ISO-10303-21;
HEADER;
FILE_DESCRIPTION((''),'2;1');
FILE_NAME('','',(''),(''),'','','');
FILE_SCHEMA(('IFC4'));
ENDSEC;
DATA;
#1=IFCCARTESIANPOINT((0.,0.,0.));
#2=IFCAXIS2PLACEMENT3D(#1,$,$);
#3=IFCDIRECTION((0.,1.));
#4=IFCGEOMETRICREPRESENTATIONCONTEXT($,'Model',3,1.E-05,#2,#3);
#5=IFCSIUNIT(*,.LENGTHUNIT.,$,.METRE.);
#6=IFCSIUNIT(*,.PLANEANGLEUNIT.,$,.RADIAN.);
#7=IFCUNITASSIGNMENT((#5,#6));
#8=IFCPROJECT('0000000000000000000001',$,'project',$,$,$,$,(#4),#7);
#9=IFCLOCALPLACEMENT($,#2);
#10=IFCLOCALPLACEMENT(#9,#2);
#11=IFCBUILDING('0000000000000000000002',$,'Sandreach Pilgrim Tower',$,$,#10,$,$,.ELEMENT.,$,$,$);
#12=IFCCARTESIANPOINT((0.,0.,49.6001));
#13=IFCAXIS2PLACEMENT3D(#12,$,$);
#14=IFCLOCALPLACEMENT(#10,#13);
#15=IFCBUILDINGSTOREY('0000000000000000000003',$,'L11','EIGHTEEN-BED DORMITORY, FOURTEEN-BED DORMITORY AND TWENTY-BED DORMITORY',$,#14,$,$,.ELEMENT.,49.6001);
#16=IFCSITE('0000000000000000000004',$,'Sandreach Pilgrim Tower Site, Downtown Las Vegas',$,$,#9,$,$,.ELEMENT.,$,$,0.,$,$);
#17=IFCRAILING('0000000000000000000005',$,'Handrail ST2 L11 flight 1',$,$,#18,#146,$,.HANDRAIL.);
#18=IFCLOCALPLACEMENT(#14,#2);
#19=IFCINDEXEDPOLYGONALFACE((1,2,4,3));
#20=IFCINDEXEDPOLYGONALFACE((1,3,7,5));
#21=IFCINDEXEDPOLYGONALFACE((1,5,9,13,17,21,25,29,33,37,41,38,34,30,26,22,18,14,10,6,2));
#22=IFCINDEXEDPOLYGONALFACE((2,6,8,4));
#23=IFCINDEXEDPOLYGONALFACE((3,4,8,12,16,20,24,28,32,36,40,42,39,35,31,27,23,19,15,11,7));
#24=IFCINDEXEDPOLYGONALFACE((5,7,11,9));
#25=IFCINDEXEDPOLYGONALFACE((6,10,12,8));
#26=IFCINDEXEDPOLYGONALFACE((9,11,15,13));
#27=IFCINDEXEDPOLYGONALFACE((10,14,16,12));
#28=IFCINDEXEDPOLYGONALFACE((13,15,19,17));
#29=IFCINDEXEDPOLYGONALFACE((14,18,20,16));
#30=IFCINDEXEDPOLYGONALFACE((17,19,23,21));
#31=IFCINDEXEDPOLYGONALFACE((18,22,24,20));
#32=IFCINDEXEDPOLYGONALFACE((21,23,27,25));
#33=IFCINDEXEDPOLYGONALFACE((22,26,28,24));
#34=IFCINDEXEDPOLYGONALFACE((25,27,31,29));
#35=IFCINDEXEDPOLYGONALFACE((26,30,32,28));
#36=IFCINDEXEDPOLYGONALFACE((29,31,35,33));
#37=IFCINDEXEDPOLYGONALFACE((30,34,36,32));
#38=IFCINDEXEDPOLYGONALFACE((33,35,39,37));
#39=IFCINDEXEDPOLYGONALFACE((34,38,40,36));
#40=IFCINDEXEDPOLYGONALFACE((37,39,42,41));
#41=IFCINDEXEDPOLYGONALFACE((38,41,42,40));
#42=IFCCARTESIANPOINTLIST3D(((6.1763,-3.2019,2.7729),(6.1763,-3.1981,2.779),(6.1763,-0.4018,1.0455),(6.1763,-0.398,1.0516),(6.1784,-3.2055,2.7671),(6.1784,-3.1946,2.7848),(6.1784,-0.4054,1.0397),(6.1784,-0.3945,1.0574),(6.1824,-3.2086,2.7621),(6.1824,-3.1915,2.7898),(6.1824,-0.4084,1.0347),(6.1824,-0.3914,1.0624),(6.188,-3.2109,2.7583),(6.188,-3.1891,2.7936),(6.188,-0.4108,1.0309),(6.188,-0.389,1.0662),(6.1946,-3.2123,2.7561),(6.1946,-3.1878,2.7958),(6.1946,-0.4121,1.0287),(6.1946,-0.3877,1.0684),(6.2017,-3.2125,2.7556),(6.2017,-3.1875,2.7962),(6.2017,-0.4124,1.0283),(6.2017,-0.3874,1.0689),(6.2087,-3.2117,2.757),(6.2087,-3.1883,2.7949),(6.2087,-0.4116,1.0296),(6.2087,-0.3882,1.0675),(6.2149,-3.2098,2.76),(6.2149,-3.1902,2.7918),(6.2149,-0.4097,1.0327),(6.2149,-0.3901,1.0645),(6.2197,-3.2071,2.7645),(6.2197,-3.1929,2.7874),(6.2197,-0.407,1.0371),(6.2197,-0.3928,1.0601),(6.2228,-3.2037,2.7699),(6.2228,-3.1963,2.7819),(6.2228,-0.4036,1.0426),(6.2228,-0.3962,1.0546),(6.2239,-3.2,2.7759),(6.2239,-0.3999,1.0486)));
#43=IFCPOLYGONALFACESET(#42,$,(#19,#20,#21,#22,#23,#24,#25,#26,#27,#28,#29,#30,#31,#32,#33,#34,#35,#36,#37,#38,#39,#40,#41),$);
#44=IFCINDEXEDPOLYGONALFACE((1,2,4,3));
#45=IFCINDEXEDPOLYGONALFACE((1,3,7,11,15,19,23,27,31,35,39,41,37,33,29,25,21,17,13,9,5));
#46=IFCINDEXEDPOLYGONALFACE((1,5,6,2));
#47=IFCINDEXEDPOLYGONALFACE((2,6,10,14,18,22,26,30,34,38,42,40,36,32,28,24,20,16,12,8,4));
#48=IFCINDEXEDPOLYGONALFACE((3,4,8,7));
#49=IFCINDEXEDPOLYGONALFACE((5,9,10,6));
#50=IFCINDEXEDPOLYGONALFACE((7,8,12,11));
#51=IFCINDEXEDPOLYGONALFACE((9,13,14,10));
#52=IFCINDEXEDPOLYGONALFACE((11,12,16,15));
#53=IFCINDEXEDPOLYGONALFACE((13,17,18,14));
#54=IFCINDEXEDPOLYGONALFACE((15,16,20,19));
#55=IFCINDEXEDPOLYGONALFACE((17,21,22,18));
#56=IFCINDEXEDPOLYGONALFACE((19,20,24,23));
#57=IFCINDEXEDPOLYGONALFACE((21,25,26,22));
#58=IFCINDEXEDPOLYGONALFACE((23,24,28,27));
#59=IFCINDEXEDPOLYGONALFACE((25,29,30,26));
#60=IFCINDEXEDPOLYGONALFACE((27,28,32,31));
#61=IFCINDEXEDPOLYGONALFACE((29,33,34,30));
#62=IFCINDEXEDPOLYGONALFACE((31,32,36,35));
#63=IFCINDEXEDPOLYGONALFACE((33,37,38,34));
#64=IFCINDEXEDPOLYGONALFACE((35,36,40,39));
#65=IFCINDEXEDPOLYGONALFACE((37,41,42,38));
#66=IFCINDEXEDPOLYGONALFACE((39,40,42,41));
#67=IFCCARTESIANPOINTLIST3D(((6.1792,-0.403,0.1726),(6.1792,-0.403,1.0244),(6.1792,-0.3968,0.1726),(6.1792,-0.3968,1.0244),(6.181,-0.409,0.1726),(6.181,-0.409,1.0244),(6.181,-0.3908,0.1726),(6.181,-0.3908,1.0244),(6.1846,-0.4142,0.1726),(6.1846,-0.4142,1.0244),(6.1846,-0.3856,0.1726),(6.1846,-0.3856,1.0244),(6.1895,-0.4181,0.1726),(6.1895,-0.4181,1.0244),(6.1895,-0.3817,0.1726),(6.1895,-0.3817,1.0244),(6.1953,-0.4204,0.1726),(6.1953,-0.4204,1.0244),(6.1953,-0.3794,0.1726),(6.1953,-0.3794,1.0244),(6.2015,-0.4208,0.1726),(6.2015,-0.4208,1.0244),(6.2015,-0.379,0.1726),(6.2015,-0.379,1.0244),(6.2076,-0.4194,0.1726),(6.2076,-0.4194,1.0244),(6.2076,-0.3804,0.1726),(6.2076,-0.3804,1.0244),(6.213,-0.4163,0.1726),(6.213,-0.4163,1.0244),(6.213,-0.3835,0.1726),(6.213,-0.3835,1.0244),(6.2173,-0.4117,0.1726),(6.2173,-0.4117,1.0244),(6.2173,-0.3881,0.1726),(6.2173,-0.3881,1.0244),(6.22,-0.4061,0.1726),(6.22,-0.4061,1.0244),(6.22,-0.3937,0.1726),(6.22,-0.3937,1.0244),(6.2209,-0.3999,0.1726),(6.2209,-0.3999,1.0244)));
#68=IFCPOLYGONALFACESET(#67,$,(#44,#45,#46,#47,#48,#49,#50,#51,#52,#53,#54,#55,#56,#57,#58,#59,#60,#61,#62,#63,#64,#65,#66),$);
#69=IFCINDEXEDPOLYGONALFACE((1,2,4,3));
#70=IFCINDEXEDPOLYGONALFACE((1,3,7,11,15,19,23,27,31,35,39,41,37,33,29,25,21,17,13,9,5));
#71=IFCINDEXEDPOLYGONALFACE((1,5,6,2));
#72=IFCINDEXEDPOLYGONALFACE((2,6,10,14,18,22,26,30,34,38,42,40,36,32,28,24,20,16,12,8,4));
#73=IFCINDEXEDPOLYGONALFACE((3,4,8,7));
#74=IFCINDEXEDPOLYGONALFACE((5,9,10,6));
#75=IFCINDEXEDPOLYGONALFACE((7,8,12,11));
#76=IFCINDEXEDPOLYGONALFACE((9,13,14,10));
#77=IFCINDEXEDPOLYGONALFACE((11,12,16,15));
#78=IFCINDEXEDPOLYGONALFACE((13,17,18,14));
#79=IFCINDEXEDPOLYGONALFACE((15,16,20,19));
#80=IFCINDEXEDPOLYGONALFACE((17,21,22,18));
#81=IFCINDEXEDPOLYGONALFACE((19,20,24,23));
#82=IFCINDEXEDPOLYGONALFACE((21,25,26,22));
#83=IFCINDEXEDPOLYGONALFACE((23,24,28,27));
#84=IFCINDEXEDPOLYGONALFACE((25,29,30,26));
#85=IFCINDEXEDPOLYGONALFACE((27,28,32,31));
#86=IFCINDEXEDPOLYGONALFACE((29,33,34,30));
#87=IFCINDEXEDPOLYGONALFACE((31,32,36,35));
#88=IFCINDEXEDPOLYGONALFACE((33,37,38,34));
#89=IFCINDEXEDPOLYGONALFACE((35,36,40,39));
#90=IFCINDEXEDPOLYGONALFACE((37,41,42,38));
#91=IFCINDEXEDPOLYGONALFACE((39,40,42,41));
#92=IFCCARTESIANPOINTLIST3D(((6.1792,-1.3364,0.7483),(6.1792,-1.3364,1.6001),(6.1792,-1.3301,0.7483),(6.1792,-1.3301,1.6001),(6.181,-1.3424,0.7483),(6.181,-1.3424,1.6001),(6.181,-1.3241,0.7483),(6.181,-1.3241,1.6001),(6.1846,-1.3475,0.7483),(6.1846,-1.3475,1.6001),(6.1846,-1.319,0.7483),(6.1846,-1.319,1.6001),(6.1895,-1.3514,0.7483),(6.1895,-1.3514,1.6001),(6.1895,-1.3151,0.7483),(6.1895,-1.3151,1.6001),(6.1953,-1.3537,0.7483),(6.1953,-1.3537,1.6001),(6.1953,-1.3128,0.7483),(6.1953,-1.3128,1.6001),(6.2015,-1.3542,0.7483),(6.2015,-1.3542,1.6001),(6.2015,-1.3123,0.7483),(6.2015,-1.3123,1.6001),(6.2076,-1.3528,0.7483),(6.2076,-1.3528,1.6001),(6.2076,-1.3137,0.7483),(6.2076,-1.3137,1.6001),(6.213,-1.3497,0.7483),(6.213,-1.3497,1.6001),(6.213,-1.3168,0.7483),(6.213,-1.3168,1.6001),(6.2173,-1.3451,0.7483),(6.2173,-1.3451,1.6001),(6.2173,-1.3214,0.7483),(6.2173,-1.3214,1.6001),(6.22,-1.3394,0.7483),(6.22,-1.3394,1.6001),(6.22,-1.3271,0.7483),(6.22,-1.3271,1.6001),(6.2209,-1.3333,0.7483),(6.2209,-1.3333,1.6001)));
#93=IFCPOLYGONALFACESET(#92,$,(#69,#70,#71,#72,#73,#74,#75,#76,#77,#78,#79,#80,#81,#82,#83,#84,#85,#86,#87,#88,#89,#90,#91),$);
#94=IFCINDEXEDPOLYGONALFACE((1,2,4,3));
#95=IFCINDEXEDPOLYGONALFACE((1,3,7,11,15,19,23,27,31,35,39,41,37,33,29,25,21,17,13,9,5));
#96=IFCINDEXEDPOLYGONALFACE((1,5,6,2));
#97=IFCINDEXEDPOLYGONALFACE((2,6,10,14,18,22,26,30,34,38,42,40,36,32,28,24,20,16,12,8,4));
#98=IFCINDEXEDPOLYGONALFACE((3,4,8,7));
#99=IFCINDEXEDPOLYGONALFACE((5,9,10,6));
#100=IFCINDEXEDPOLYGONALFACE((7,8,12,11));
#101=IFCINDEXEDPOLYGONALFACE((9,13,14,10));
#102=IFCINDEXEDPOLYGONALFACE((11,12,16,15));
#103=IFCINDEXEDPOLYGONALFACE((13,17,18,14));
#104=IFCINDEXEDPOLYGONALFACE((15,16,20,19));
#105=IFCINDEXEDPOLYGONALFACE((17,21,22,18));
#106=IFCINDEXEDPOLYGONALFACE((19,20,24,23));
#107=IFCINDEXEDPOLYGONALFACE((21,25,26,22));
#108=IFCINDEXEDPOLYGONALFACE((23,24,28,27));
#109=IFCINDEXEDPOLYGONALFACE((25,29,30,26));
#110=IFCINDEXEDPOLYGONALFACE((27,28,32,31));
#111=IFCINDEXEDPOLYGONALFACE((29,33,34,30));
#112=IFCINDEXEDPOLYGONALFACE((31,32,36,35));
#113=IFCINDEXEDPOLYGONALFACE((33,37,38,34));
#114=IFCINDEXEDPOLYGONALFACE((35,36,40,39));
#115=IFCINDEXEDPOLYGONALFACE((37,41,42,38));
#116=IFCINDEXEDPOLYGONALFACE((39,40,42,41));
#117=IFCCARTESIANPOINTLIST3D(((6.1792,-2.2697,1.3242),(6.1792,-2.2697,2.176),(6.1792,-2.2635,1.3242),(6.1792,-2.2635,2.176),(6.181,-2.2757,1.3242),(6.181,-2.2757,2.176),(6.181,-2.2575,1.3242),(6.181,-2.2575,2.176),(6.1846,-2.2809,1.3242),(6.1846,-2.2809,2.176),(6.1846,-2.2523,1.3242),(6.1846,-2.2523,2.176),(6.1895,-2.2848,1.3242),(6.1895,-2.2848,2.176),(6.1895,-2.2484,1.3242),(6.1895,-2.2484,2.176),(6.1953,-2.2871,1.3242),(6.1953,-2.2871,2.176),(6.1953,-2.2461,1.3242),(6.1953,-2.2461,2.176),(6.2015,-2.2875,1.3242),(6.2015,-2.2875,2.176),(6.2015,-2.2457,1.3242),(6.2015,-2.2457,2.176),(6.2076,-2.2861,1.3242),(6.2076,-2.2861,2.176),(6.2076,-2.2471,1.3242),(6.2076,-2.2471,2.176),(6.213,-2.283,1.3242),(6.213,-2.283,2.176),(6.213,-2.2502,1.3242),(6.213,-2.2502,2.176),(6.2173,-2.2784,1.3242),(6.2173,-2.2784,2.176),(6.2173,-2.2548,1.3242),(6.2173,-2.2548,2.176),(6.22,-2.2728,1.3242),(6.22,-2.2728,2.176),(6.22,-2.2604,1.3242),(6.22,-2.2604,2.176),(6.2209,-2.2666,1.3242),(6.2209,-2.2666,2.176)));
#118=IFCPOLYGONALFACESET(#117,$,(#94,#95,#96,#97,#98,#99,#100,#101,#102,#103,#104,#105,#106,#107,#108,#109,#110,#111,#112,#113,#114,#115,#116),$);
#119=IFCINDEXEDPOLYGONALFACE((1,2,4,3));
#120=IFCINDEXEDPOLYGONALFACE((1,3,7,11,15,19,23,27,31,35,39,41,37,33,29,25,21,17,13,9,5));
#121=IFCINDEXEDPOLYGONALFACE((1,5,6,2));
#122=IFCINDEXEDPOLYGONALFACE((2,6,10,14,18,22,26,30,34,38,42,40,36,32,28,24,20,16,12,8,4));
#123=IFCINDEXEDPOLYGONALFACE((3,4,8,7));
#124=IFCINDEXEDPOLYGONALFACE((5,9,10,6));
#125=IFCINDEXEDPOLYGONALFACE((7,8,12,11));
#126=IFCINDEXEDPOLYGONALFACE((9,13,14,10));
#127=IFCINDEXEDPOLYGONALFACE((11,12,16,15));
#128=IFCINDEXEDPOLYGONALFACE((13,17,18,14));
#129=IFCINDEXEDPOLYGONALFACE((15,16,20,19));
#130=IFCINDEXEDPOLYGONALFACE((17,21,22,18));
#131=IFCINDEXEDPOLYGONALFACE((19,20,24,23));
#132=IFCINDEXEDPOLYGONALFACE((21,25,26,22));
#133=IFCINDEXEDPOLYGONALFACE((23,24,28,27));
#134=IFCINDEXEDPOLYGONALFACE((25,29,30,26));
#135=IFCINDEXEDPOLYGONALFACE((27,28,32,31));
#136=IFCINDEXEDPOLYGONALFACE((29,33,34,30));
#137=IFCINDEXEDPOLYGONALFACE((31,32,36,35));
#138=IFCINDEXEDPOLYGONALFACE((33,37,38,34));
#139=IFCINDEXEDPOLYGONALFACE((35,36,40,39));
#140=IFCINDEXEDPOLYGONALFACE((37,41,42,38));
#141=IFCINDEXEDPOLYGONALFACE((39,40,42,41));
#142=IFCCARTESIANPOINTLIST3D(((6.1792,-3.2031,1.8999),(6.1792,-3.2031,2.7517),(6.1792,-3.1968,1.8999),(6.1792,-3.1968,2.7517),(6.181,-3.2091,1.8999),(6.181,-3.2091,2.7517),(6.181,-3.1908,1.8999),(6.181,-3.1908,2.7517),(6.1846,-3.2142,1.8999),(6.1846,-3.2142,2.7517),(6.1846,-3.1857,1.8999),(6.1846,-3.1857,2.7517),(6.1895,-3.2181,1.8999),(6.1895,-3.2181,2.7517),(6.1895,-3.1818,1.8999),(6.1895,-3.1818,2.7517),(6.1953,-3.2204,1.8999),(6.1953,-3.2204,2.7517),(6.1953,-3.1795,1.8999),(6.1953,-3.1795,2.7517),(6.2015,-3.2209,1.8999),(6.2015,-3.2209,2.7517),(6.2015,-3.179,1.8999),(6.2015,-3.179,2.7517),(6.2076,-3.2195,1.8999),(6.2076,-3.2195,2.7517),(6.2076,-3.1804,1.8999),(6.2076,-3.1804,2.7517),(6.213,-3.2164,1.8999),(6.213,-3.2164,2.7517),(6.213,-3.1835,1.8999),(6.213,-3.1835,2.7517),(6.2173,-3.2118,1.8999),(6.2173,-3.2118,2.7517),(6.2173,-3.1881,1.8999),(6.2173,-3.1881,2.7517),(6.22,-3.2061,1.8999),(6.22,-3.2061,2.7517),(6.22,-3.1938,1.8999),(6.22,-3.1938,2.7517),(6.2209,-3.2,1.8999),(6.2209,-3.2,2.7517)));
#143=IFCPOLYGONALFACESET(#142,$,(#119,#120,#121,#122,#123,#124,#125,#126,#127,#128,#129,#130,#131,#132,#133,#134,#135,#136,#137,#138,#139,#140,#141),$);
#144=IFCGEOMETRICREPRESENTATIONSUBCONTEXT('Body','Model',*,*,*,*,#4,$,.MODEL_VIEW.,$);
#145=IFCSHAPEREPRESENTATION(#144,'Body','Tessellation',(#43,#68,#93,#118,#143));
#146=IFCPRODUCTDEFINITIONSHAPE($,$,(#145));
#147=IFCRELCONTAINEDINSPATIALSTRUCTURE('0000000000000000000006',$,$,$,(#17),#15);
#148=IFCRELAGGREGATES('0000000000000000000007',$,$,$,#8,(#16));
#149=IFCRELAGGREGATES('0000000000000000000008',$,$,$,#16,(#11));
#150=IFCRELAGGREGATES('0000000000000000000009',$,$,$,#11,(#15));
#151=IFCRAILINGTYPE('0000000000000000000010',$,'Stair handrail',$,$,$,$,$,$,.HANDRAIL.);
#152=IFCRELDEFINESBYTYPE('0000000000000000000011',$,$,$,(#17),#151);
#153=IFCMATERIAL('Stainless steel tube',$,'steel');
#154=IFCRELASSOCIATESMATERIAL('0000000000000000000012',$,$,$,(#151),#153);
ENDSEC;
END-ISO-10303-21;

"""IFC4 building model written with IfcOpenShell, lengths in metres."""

from ifc_helpers import new_model, si_unit, direction, frame, origin, origin_2d, place, context, subcontext, project, spatial, circle, extrude, material, type_object, element, save


model = new_model("IFC4")

# Units and contexts
model_context = context("Model", 3, precision=1e-05, world=origin(), true_north=direction((0.0, 1.0)))
body_context = subcontext(model_context, "Body", "Model", "MODEL_VIEW")
ifc_project = project(units=[si_unit("LENGTHUNIT", "METRE"), si_unit("PLANEANGLEUNIT", "RADIAN")], contexts=[model_context])

# Site, building, storey
site_placement = place(None, origin())
site = spatial("IfcSite", under=ifc_project, at=site_placement, Name="Sandreach Pilgrim Tower Site, Downtown Las Vegas", CompositionType="ELEMENT", RefElevation=0.0)
building_placement = place(site_placement, origin())
building = spatial("IfcBuilding", under=site, at=building_placement, Name="Sandreach Pilgrim Tower", CompositionType="ELEMENT")
storey_placement = place(building_placement, frame((0.0, 0.0, 49.6001)))
storey = spatial("IfcBuildingStorey", under=building, at=storey_placement, Name="L11", Description="EIGHTEEN-BED DORMITORY, FOURTEEN-BED DORMITORY AND TWENTY-BED DORMITORY", CompositionType="ELEMENT", Elevation=49.6001)

# Railing
ifc_material_1 = material(Name="Stainless steel tube", Category="steel")
railing_type = type_object("IfcRailingType", Name="Stair handrail", PredefinedType="HANDRAIL", material=ifc_material_1)
for number, where, name in (
    (1, (6.2, -0.3999, 0.1726), "Handrail ST2 L11 flight 1"),
):
    element("IfcRailing", number, at=place(storey_placement, frame(where)), inside=storey, type_object=railing_type, Name=name, PredefinedType="HANDRAIL", context=body_context, shape_type="SweptSolid", body=[
        extrude(circle(Radius=0.0239, at=origin_2d()), frame((0.0, 0.0, 0.876), z_axis=(0.0, -0.85109, 0.52502), x_axis=(1.0, 0.0, 0.0)), (0.0, 0.0, 1.0), 3.29),
        extrude(circle(Radius=0.021, at=origin_2d()), origin(), (0.0, 0.0, 1.0), 0.8518),
        extrude(circle(Radius=0.021, at=origin_2d()), frame((0.0, -0.9333, 0.5757)), (0.0, 0.0, 1.0), 0.8518),
        extrude(circle(Radius=0.021, at=origin_2d()), frame((0.0, -1.8667, 1.1516)), (0.0, 0.0, 1.0), 0.8518),
        extrude(circle(Radius=0.021, at=origin_2d()), frame((0.0, -2.8, 1.7273)), (0.0, 0.0, 1.0), 0.8518),
    ])

save(model, "model.ifc")
